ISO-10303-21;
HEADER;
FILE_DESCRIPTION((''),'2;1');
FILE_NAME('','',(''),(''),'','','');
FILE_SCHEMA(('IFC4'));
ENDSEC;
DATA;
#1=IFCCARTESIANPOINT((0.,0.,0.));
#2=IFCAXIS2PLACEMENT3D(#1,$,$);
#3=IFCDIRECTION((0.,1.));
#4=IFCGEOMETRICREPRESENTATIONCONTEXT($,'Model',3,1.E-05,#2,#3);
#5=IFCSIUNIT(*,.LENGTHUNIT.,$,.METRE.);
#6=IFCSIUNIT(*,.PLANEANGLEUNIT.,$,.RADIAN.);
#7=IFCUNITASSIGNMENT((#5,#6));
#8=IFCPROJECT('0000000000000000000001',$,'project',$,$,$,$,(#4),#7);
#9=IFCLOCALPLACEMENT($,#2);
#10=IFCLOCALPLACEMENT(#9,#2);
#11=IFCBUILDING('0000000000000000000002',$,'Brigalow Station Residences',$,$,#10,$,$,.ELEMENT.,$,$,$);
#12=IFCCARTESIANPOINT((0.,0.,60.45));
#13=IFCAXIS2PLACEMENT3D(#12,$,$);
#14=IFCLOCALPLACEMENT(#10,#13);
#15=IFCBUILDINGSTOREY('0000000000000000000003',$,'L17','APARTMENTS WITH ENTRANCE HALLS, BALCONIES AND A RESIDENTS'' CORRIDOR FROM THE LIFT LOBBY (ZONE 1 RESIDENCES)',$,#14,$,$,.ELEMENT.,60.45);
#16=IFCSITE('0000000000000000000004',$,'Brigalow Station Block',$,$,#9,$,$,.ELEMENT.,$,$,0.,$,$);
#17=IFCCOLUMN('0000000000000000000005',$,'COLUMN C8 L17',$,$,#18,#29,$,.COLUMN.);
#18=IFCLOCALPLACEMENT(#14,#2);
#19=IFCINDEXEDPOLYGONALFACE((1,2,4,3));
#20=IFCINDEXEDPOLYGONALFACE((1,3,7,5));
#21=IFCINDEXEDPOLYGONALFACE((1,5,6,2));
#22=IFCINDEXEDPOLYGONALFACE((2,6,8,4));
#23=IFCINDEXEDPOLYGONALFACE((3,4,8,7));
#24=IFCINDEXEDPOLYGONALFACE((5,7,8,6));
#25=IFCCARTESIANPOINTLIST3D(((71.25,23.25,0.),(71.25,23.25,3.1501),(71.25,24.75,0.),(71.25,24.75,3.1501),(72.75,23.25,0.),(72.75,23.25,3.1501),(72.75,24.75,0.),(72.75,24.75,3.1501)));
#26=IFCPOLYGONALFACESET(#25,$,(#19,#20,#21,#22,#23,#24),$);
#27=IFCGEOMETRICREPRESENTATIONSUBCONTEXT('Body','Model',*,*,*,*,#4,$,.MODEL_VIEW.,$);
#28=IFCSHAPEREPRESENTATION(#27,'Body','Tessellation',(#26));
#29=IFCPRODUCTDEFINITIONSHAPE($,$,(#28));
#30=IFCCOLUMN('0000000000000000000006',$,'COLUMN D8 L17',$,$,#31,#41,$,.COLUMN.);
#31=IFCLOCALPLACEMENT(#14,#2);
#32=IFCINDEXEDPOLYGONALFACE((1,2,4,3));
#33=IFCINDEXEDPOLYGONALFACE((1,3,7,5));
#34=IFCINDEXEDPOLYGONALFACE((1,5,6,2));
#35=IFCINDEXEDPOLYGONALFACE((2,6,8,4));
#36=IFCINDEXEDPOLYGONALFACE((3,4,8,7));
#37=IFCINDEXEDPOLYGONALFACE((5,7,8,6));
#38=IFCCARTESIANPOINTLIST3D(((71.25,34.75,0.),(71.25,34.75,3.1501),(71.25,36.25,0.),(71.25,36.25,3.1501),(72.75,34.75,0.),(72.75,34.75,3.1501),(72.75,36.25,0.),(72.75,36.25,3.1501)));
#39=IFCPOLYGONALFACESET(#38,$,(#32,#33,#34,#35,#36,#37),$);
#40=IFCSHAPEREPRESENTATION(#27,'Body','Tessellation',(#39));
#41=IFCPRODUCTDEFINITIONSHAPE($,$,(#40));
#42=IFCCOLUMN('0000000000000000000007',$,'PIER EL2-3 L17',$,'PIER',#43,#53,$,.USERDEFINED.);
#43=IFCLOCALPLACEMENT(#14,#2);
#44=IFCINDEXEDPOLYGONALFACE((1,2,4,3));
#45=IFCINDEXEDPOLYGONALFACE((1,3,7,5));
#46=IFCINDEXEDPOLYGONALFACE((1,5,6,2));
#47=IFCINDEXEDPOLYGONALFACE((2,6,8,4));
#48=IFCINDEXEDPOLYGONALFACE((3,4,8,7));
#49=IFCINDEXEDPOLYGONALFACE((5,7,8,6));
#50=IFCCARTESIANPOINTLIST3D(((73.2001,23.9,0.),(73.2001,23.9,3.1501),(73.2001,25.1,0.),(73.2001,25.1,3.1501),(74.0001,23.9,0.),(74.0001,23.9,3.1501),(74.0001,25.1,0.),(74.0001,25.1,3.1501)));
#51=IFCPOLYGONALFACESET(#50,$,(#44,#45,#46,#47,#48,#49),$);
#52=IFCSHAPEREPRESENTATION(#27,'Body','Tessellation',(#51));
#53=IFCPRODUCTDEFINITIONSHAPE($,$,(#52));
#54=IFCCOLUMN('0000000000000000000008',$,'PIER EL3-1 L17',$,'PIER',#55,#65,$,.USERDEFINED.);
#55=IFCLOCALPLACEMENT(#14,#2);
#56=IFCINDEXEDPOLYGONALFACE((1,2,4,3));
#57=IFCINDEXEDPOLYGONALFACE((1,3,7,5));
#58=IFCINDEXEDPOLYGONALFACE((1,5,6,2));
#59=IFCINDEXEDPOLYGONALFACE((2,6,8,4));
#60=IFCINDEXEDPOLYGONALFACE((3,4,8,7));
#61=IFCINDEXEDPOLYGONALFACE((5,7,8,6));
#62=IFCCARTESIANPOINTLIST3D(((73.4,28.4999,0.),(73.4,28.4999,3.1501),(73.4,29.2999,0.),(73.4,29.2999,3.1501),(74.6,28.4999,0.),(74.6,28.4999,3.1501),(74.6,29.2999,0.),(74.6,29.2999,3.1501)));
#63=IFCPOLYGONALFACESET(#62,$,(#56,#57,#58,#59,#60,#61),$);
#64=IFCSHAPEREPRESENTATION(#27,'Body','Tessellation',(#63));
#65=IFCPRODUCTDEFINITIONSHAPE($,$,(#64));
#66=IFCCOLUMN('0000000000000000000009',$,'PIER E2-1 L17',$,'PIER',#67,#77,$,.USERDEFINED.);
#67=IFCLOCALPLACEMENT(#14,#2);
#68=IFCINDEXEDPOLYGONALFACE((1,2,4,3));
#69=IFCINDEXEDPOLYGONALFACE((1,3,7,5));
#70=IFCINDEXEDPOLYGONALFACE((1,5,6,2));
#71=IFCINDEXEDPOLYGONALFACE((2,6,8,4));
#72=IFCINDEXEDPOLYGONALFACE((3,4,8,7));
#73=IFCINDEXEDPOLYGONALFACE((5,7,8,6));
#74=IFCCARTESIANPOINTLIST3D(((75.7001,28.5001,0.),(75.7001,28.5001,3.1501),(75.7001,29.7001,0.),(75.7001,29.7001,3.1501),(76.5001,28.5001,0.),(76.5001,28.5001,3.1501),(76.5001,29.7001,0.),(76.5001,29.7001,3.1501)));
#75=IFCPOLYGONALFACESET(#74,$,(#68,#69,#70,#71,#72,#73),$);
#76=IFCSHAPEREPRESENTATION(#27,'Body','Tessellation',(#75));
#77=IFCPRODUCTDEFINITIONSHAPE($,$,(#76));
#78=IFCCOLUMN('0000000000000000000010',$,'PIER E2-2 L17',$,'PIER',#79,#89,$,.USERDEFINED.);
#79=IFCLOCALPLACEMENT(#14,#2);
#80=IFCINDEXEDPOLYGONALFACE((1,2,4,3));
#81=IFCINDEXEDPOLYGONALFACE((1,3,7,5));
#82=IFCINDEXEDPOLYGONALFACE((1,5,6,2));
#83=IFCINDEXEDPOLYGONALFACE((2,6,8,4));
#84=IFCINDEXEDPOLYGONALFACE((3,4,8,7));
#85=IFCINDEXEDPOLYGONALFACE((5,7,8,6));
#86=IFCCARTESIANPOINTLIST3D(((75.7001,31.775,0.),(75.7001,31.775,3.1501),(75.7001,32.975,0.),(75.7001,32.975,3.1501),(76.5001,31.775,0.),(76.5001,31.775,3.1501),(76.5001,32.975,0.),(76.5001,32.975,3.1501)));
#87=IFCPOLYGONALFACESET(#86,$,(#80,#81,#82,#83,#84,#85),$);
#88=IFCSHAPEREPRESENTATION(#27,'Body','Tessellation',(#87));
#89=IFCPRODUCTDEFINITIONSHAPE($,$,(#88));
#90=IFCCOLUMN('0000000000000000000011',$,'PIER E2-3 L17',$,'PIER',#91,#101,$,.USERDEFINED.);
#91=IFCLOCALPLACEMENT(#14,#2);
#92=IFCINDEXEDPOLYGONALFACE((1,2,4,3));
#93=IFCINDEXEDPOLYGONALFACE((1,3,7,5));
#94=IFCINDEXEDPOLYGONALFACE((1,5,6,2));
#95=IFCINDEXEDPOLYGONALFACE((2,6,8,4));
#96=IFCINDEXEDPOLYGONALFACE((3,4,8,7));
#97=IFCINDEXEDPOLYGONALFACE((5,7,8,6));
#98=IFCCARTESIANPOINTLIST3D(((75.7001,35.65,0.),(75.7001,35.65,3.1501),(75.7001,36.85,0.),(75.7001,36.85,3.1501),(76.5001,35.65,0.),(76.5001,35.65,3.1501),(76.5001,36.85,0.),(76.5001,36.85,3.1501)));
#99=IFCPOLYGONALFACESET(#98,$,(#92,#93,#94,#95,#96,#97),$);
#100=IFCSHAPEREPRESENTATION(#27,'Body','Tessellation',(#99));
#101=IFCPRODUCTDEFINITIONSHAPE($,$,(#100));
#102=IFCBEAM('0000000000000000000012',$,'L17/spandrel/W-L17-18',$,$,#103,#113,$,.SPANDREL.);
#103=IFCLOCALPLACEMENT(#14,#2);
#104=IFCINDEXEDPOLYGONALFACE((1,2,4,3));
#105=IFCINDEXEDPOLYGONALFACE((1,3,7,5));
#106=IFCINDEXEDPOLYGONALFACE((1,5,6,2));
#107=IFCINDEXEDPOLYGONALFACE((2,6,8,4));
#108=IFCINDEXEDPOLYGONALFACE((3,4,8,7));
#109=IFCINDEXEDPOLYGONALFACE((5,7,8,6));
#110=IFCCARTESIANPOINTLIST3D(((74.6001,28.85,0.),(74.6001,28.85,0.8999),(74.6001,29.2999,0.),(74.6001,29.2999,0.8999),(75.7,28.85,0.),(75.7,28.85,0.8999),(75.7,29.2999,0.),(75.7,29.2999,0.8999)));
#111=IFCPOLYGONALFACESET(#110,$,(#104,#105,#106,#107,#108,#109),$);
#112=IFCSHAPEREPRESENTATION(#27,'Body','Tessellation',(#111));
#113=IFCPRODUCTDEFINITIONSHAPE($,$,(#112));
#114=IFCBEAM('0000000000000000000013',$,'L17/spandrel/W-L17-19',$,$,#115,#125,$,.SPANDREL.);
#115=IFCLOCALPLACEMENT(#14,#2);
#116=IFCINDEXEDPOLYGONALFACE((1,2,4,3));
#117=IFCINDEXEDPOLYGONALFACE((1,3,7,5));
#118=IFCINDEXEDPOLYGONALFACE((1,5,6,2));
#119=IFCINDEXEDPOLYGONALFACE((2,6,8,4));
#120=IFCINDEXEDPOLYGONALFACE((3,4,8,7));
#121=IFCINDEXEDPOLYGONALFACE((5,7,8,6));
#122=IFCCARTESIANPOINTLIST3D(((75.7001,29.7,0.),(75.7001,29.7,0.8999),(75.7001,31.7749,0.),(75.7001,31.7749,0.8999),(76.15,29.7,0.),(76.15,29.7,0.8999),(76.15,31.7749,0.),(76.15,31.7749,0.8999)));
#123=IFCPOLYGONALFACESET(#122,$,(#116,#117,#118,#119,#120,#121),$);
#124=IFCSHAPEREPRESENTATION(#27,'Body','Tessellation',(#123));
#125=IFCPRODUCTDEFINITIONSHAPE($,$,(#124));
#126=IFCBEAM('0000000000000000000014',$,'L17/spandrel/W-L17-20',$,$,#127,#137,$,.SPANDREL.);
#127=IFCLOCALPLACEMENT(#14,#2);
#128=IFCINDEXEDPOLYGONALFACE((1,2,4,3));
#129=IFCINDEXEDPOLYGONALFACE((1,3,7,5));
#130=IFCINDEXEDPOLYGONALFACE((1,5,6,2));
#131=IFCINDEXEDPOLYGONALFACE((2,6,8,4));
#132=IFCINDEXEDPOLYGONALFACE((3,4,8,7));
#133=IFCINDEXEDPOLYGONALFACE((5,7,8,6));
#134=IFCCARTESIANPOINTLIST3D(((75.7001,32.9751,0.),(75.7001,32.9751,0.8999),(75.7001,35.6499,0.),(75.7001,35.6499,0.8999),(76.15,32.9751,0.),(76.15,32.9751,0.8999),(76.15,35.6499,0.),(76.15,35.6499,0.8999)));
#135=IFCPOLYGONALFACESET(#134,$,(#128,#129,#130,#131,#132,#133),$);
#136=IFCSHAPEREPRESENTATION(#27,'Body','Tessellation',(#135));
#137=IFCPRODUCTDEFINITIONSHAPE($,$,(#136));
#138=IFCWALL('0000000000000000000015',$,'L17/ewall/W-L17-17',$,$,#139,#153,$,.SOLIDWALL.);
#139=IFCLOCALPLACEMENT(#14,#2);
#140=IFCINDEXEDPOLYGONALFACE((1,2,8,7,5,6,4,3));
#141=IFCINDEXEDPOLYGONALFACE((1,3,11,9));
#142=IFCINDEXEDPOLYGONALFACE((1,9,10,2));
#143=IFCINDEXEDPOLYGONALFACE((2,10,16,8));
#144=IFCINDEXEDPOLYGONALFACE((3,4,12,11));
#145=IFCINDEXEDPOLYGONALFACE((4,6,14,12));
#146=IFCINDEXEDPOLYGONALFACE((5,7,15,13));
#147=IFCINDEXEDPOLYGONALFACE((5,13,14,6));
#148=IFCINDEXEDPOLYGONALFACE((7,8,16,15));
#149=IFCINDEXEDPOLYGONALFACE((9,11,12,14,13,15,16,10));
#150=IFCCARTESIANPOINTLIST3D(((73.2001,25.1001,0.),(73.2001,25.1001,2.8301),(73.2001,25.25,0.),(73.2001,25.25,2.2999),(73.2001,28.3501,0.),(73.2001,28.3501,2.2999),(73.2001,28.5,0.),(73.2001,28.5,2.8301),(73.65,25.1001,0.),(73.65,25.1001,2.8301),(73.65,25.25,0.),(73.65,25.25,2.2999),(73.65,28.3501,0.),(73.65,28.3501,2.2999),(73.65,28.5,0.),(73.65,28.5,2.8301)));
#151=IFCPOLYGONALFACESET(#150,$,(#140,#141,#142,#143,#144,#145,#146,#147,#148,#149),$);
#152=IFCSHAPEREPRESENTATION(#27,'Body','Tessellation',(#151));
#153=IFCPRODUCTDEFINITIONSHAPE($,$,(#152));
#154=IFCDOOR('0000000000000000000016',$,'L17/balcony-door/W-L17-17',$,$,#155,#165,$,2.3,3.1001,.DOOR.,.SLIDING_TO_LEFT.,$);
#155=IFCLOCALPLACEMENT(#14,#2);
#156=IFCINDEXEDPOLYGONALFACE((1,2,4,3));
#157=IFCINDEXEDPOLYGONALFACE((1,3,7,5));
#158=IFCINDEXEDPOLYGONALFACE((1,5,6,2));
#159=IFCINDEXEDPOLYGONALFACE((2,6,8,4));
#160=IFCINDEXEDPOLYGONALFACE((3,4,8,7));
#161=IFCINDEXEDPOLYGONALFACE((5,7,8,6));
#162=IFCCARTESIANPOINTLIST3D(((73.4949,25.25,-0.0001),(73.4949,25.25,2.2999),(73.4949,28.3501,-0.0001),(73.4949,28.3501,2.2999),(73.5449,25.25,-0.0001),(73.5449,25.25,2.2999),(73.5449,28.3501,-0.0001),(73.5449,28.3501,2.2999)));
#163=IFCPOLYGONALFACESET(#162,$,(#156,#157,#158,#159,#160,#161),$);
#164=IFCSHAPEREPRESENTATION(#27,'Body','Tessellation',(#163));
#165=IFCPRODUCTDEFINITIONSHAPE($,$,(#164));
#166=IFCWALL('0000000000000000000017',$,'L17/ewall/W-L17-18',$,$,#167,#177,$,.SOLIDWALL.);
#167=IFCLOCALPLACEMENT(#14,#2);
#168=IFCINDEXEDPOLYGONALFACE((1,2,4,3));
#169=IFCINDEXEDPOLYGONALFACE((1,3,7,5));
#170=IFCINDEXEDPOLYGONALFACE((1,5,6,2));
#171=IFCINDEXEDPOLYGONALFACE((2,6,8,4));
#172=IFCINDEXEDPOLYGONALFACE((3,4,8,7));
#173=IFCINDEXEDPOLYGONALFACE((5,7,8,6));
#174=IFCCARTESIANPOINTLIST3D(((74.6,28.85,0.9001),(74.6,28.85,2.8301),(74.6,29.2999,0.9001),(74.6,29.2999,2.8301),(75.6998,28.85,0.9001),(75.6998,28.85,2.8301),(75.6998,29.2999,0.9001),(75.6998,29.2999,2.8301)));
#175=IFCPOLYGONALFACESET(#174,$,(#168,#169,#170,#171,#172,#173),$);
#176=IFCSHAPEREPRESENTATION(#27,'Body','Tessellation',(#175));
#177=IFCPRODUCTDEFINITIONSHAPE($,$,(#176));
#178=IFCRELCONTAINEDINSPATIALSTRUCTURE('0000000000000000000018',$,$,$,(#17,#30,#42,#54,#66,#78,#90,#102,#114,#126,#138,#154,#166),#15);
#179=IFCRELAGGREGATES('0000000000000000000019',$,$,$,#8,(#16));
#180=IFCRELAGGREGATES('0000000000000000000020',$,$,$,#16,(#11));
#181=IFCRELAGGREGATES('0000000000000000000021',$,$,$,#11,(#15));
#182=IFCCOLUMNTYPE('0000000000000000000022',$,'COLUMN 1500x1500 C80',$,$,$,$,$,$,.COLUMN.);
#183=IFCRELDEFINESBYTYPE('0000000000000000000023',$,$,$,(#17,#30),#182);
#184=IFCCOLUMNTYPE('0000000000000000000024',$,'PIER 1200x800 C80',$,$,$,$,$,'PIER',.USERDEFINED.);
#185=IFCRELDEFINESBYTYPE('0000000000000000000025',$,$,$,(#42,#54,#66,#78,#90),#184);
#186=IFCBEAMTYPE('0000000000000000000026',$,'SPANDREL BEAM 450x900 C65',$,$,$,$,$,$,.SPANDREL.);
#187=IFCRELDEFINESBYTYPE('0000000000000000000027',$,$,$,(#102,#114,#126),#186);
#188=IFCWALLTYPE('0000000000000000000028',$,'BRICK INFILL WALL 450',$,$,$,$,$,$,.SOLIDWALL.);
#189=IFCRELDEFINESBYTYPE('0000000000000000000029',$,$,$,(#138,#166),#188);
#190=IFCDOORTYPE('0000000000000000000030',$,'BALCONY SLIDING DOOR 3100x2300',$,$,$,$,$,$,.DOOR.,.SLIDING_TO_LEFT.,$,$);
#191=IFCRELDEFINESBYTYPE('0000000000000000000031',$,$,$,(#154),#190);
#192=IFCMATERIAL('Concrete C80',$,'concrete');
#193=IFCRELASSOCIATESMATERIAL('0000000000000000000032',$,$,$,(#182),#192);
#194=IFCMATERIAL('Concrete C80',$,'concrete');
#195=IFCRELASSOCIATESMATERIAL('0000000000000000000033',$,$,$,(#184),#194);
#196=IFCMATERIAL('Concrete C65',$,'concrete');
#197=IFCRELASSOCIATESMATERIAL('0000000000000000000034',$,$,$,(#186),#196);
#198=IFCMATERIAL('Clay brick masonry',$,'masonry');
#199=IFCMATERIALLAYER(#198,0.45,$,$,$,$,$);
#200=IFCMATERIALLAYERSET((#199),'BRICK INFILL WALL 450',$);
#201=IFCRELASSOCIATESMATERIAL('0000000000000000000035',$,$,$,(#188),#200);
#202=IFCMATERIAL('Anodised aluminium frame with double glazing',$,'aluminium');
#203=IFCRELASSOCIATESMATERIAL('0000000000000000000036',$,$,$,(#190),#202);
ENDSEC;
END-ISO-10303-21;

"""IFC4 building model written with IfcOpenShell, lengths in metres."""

from ifc_helpers import new_model, si_unit, direction, frame, frame_2d, origin, origin_2d, place, context, subcontext, project, spatial, rectangle, extrude, material, layer, layer_set, material_profile, profile_set, type_object, element, fill, save


model = new_model("IFC4")

# Units and contexts
model_context = context("Model", 3, precision=1e-05, world=origin(), true_north=direction((0.0, 1.0)))
body_context = subcontext(model_context, "Body", "Model", "MODEL_VIEW")
ifc_project = project(units=[si_unit("LENGTHUNIT", "METRE"), si_unit("PLANEANGLEUNIT", "RADIAN")], contexts=[model_context])

# Site, building, storey
site_placement = place(None, origin())
site = spatial("IfcSite", under=ifc_project, at=site_placement, Name="Brigalow Station Block", CompositionType="ELEMENT", RefElevation=0.0)
building_placement = place(site_placement, origin())
building = spatial("IfcBuilding", under=site, at=building_placement, Name="Brigalow Station Residences", CompositionType="ELEMENT")
storey_placement = place(building_placement, frame((0.0, 0.0, 60.45)))
storey = spatial("IfcBuildingStorey", under=building, at=storey_placement, Name="L17", Description="APARTMENTS WITH ENTRANCE HALLS, BALCONIES AND A RESIDENTS' CORRIDOR FROM THE LIFT LOBBY (ZONE 1 RESIDENCES)", CompositionType="ELEMENT", Elevation=60.45)

# Columns
ifc_material_1 = material(Name="Concrete C80", Category="concrete")
ifc_material_profile_1 = material_profile(ifc_material_1, rectangle(XDim=1.5, YDim=1.5, at=origin_2d()), Name="RC1500x1500")
ifc_profile_set_1 = profile_set([ifc_material_profile_1], Name="Concrete C80")
column_type_1 = type_object("IfcColumnType", Name="COLUMN 1500x1500 C80", PredefinedType="COLUMN", material=ifc_profile_set_1)
for number, where, z_axis, x_axis, name in (
    (1, (72.0, 24.0, 0.0), (0.0, 0.0, 1.0), (1.0, 0.0, 0.0), "COLUMN C8 L17"),
    (2, (72.0, 35.5, 0.0), (0.0, 0.0, 1.0), (1.0, 0.0, 0.0), "COLUMN D8 L17"),
):
    element("IfcColumn", number, at=place(storey_placement, frame(where, z_axis=z_axis, x_axis=x_axis)), inside=storey, type_object=column_type_1, Name=name, PredefinedType="COLUMN", context=body_context, shape_type="SweptSolid", body=[
        extrude(rectangle(XDim=1.5, YDim=1.5, at=origin_2d()), origin(), (0.0, 0.0, 1.0), 3.1501),
    ])
ifc_material_2 = material(Name="Concrete C80", Category="concrete")
ifc_material_profile_2 = material_profile(ifc_material_2, rectangle(XDim=1.2, YDim=0.8, at=origin_2d()), Name="RC1200x800")
ifc_profile_set_2 = profile_set([ifc_material_profile_2], Name="Concrete C80")
column_type_2 = type_object("IfcColumnType", Name="PIER 1200x800 C80", ElementType="PIER", PredefinedType="USERDEFINED", material=ifc_profile_set_2)
for number, where, z_axis, x_axis, name in (
    (3, (73.6001, 24.5, 0.0), (0.0, 0.0, 1.0), (0.0, 1.0, 0.0), "PIER EL2-3 L17"),
    (4, (74.0, 28.8999, 0.0), (0.0, 0.0, 1.0), (1.0, 0.0, 0.0), "PIER EL3-1 L17"),
    (5, (76.1001, 29.1001, 0.0), (0.0, 0.0, 1.0), (0.0, 1.0, 0.0), "PIER E2-1 L17"),
    (6, (76.1001, 32.375, 0.0), (0.0, 0.0, 1.0), (0.0, 1.0, 0.0), "PIER E2-2 L17"),
    (7, (76.1001, 36.25, 0.0), (0.0, 0.0, 1.0), (0.0, 1.0, 0.0), "PIER E2-3 L17"),
):
    element("IfcColumn", number, at=place(storey_placement, frame(where, z_axis=z_axis, x_axis=x_axis)), inside=storey, type_object=column_type_2, Name=name, ObjectType="PIER", PredefinedType="USERDEFINED", context=body_context, shape_type="SweptSolid", body=[
        extrude(rectangle(XDim=1.2, YDim=0.8, at=origin_2d()), origin(), (0.0, 0.0, 1.0), 3.1501),
    ])

# Beams
ifc_material_3 = material(Name="Concrete C65", Category="concrete")
ifc_material_profile_3 = material_profile(ifc_material_3, rectangle(XDim=0.45, YDim=0.8999, at=origin_2d()), Name="RC450x900")
ifc_profile_set_3 = profile_set([ifc_material_profile_3], Name="Concrete C65")
beam_type = type_object("IfcBeamType", Name="SPANDREL BEAM 450x900 C65", PredefinedType="SPANDREL", material=ifc_profile_set_3)
beam_1_placement = place(storey_placement, frame((74.6001, 29.075, 0.45), z_axis=(1.0, 0.0, 0.0), x_axis=(0.0, 1.0, 0.0)))
element("IfcBeam", 8, at=beam_1_placement, inside=storey, type_object=beam_type, Name="L17/spandrel/W-L17-18", PredefinedType="SPANDREL", context=body_context, shape_type="SweptSolid", body=[
    extrude(rectangle(XDim=0.45, YDim=0.8999, at=origin_2d()), origin(), (0.0, 0.0, 1.0), 1.0999),
])
beam_2_placement = place(storey_placement, frame((75.925, 29.7, 0.45), z_axis=(0.0, 1.0, 0.0), x_axis=(-1.0, 0.0, 0.0)))
element("IfcBeam", 9, at=beam_2_placement, inside=storey, type_object=beam_type, Name="L17/spandrel/W-L17-19", PredefinedType="SPANDREL", context=body_context, shape_type="SweptSolid", body=[
    extrude(rectangle(XDim=0.45, YDim=0.8999, at=origin_2d()), origin(), (0.0, 0.0, 1.0), 2.075),
])
beam_3_placement = place(storey_placement, frame((75.925, 32.9751, 0.45), z_axis=(0.0, 1.0, 0.0), x_axis=(-1.0, 0.0, 0.0)))
element("IfcBeam", 10, at=beam_3_placement, inside=storey, type_object=beam_type, Name="L17/spandrel/W-L17-20", PredefinedType="SPANDREL", context=body_context, shape_type="SweptSolid", body=[
    extrude(rectangle(XDim=0.45, YDim=0.8999, at=origin_2d()), origin(), (0.0, 0.0, 1.0), 2.6748),
])

# Wall, opening, door
ifc_material_4 = material(Name="Clay brick masonry", Category="masonry")
ifc_layer = layer(ifc_material_4, 0.45)
ifc_layer_set = layer_set([ifc_layer], Name="BRICK INFILL WALL 450")
wall_type = type_object("IfcWallType", Name="BRICK INFILL WALL 450", PredefinedType="SOLIDWALL", material=ifc_layer_set)
wall_1_placement = place(storey_placement, frame((73.425, 25.1001, 0.0), z_axis=(0.0, 0.0, 1.0), x_axis=(0.0, 1.0, 0.0)))
wall_1 = element("IfcWall", 11, at=wall_1_placement, inside=storey, type_object=wall_type, Name="L17/ewall/W-L17-17", PredefinedType="SOLIDWALL", context=body_context, shape_type="SweptSolid", body=[
    extrude(rectangle(XDim=3.3999, YDim=0.45, at=frame_2d((1.7, 0.0))), origin(), (0.0, 0.0, 1.0), 2.8301),
])
opening_1_placement = place(wall_1_placement, frame((0.1499, 0.0, 0.0)))
opening_1 = element("IfcOpeningElement", 12, at=opening_1_placement, cuts=wall_1, PredefinedType="OPENING", context=body_context, shape_type="SweptSolid", body=[
    extrude(rectangle(XDim=3.1001, YDim=2.3, at=frame_2d((1.55, 1.1499))), frame((0.0, 0.2349, 0.0), z_axis=(0.0, -1.0, 0.0), x_axis=(1.0, 0.0, 0.0)), (0.0, 0.0, 1.0), 0.47),
])
ifc_material_5 = material(Name="Anodised aluminium frame with double glazing", Category="aluminium")
door_type = type_object("IfcDoorType", Name="BALCONY SLIDING DOOR 3100x2300", OperationType="SLIDING_TO_LEFT", PredefinedType="DOOR", material=ifc_material_5)
door_placement = place(opening_1_placement, origin())
door = element("IfcDoor", 13, at=door_placement, inside=storey, type_object=door_type, Name="L17/balcony-door/W-L17-17", OperationType="SLIDING_TO_LEFT", OverallHeight=2.3, OverallWidth=3.1001, PredefinedType="DOOR", context=body_context, shape_type="SweptSolid", body=[
    extrude(rectangle(XDim=3.1001, YDim=2.3, at=frame_2d((1.55, 1.1499))), frame((0.0, -0.0698, 0.0), z_axis=(0.0, -1.0, 0.0), x_axis=(1.0, 0.0, 0.0)), (0.0, 0.0, 1.0), 0.05),
])
fill(opening_1, door)

# Wall
wall_2_placement = place(storey_placement, frame((74.6001, 29.075, 0.9001), z_axis=(0.0, 0.0, 1.0), x_axis=(1.0, 0.0, 0.0)))
element("IfcWall", 14, at=wall_2_placement, inside=storey, type_object=wall_type, Name="L17/ewall/W-L17-18", PredefinedType="SOLIDWALL", context=body_context, shape_type="SweptSolid", body=[
    extrude(rectangle(XDim=1.0999, YDim=0.45, at=frame_2d((0.5498, 0.0))), origin(), (0.0, 0.0, 1.0), 1.9299),
])

save(model, "model.ifc")
